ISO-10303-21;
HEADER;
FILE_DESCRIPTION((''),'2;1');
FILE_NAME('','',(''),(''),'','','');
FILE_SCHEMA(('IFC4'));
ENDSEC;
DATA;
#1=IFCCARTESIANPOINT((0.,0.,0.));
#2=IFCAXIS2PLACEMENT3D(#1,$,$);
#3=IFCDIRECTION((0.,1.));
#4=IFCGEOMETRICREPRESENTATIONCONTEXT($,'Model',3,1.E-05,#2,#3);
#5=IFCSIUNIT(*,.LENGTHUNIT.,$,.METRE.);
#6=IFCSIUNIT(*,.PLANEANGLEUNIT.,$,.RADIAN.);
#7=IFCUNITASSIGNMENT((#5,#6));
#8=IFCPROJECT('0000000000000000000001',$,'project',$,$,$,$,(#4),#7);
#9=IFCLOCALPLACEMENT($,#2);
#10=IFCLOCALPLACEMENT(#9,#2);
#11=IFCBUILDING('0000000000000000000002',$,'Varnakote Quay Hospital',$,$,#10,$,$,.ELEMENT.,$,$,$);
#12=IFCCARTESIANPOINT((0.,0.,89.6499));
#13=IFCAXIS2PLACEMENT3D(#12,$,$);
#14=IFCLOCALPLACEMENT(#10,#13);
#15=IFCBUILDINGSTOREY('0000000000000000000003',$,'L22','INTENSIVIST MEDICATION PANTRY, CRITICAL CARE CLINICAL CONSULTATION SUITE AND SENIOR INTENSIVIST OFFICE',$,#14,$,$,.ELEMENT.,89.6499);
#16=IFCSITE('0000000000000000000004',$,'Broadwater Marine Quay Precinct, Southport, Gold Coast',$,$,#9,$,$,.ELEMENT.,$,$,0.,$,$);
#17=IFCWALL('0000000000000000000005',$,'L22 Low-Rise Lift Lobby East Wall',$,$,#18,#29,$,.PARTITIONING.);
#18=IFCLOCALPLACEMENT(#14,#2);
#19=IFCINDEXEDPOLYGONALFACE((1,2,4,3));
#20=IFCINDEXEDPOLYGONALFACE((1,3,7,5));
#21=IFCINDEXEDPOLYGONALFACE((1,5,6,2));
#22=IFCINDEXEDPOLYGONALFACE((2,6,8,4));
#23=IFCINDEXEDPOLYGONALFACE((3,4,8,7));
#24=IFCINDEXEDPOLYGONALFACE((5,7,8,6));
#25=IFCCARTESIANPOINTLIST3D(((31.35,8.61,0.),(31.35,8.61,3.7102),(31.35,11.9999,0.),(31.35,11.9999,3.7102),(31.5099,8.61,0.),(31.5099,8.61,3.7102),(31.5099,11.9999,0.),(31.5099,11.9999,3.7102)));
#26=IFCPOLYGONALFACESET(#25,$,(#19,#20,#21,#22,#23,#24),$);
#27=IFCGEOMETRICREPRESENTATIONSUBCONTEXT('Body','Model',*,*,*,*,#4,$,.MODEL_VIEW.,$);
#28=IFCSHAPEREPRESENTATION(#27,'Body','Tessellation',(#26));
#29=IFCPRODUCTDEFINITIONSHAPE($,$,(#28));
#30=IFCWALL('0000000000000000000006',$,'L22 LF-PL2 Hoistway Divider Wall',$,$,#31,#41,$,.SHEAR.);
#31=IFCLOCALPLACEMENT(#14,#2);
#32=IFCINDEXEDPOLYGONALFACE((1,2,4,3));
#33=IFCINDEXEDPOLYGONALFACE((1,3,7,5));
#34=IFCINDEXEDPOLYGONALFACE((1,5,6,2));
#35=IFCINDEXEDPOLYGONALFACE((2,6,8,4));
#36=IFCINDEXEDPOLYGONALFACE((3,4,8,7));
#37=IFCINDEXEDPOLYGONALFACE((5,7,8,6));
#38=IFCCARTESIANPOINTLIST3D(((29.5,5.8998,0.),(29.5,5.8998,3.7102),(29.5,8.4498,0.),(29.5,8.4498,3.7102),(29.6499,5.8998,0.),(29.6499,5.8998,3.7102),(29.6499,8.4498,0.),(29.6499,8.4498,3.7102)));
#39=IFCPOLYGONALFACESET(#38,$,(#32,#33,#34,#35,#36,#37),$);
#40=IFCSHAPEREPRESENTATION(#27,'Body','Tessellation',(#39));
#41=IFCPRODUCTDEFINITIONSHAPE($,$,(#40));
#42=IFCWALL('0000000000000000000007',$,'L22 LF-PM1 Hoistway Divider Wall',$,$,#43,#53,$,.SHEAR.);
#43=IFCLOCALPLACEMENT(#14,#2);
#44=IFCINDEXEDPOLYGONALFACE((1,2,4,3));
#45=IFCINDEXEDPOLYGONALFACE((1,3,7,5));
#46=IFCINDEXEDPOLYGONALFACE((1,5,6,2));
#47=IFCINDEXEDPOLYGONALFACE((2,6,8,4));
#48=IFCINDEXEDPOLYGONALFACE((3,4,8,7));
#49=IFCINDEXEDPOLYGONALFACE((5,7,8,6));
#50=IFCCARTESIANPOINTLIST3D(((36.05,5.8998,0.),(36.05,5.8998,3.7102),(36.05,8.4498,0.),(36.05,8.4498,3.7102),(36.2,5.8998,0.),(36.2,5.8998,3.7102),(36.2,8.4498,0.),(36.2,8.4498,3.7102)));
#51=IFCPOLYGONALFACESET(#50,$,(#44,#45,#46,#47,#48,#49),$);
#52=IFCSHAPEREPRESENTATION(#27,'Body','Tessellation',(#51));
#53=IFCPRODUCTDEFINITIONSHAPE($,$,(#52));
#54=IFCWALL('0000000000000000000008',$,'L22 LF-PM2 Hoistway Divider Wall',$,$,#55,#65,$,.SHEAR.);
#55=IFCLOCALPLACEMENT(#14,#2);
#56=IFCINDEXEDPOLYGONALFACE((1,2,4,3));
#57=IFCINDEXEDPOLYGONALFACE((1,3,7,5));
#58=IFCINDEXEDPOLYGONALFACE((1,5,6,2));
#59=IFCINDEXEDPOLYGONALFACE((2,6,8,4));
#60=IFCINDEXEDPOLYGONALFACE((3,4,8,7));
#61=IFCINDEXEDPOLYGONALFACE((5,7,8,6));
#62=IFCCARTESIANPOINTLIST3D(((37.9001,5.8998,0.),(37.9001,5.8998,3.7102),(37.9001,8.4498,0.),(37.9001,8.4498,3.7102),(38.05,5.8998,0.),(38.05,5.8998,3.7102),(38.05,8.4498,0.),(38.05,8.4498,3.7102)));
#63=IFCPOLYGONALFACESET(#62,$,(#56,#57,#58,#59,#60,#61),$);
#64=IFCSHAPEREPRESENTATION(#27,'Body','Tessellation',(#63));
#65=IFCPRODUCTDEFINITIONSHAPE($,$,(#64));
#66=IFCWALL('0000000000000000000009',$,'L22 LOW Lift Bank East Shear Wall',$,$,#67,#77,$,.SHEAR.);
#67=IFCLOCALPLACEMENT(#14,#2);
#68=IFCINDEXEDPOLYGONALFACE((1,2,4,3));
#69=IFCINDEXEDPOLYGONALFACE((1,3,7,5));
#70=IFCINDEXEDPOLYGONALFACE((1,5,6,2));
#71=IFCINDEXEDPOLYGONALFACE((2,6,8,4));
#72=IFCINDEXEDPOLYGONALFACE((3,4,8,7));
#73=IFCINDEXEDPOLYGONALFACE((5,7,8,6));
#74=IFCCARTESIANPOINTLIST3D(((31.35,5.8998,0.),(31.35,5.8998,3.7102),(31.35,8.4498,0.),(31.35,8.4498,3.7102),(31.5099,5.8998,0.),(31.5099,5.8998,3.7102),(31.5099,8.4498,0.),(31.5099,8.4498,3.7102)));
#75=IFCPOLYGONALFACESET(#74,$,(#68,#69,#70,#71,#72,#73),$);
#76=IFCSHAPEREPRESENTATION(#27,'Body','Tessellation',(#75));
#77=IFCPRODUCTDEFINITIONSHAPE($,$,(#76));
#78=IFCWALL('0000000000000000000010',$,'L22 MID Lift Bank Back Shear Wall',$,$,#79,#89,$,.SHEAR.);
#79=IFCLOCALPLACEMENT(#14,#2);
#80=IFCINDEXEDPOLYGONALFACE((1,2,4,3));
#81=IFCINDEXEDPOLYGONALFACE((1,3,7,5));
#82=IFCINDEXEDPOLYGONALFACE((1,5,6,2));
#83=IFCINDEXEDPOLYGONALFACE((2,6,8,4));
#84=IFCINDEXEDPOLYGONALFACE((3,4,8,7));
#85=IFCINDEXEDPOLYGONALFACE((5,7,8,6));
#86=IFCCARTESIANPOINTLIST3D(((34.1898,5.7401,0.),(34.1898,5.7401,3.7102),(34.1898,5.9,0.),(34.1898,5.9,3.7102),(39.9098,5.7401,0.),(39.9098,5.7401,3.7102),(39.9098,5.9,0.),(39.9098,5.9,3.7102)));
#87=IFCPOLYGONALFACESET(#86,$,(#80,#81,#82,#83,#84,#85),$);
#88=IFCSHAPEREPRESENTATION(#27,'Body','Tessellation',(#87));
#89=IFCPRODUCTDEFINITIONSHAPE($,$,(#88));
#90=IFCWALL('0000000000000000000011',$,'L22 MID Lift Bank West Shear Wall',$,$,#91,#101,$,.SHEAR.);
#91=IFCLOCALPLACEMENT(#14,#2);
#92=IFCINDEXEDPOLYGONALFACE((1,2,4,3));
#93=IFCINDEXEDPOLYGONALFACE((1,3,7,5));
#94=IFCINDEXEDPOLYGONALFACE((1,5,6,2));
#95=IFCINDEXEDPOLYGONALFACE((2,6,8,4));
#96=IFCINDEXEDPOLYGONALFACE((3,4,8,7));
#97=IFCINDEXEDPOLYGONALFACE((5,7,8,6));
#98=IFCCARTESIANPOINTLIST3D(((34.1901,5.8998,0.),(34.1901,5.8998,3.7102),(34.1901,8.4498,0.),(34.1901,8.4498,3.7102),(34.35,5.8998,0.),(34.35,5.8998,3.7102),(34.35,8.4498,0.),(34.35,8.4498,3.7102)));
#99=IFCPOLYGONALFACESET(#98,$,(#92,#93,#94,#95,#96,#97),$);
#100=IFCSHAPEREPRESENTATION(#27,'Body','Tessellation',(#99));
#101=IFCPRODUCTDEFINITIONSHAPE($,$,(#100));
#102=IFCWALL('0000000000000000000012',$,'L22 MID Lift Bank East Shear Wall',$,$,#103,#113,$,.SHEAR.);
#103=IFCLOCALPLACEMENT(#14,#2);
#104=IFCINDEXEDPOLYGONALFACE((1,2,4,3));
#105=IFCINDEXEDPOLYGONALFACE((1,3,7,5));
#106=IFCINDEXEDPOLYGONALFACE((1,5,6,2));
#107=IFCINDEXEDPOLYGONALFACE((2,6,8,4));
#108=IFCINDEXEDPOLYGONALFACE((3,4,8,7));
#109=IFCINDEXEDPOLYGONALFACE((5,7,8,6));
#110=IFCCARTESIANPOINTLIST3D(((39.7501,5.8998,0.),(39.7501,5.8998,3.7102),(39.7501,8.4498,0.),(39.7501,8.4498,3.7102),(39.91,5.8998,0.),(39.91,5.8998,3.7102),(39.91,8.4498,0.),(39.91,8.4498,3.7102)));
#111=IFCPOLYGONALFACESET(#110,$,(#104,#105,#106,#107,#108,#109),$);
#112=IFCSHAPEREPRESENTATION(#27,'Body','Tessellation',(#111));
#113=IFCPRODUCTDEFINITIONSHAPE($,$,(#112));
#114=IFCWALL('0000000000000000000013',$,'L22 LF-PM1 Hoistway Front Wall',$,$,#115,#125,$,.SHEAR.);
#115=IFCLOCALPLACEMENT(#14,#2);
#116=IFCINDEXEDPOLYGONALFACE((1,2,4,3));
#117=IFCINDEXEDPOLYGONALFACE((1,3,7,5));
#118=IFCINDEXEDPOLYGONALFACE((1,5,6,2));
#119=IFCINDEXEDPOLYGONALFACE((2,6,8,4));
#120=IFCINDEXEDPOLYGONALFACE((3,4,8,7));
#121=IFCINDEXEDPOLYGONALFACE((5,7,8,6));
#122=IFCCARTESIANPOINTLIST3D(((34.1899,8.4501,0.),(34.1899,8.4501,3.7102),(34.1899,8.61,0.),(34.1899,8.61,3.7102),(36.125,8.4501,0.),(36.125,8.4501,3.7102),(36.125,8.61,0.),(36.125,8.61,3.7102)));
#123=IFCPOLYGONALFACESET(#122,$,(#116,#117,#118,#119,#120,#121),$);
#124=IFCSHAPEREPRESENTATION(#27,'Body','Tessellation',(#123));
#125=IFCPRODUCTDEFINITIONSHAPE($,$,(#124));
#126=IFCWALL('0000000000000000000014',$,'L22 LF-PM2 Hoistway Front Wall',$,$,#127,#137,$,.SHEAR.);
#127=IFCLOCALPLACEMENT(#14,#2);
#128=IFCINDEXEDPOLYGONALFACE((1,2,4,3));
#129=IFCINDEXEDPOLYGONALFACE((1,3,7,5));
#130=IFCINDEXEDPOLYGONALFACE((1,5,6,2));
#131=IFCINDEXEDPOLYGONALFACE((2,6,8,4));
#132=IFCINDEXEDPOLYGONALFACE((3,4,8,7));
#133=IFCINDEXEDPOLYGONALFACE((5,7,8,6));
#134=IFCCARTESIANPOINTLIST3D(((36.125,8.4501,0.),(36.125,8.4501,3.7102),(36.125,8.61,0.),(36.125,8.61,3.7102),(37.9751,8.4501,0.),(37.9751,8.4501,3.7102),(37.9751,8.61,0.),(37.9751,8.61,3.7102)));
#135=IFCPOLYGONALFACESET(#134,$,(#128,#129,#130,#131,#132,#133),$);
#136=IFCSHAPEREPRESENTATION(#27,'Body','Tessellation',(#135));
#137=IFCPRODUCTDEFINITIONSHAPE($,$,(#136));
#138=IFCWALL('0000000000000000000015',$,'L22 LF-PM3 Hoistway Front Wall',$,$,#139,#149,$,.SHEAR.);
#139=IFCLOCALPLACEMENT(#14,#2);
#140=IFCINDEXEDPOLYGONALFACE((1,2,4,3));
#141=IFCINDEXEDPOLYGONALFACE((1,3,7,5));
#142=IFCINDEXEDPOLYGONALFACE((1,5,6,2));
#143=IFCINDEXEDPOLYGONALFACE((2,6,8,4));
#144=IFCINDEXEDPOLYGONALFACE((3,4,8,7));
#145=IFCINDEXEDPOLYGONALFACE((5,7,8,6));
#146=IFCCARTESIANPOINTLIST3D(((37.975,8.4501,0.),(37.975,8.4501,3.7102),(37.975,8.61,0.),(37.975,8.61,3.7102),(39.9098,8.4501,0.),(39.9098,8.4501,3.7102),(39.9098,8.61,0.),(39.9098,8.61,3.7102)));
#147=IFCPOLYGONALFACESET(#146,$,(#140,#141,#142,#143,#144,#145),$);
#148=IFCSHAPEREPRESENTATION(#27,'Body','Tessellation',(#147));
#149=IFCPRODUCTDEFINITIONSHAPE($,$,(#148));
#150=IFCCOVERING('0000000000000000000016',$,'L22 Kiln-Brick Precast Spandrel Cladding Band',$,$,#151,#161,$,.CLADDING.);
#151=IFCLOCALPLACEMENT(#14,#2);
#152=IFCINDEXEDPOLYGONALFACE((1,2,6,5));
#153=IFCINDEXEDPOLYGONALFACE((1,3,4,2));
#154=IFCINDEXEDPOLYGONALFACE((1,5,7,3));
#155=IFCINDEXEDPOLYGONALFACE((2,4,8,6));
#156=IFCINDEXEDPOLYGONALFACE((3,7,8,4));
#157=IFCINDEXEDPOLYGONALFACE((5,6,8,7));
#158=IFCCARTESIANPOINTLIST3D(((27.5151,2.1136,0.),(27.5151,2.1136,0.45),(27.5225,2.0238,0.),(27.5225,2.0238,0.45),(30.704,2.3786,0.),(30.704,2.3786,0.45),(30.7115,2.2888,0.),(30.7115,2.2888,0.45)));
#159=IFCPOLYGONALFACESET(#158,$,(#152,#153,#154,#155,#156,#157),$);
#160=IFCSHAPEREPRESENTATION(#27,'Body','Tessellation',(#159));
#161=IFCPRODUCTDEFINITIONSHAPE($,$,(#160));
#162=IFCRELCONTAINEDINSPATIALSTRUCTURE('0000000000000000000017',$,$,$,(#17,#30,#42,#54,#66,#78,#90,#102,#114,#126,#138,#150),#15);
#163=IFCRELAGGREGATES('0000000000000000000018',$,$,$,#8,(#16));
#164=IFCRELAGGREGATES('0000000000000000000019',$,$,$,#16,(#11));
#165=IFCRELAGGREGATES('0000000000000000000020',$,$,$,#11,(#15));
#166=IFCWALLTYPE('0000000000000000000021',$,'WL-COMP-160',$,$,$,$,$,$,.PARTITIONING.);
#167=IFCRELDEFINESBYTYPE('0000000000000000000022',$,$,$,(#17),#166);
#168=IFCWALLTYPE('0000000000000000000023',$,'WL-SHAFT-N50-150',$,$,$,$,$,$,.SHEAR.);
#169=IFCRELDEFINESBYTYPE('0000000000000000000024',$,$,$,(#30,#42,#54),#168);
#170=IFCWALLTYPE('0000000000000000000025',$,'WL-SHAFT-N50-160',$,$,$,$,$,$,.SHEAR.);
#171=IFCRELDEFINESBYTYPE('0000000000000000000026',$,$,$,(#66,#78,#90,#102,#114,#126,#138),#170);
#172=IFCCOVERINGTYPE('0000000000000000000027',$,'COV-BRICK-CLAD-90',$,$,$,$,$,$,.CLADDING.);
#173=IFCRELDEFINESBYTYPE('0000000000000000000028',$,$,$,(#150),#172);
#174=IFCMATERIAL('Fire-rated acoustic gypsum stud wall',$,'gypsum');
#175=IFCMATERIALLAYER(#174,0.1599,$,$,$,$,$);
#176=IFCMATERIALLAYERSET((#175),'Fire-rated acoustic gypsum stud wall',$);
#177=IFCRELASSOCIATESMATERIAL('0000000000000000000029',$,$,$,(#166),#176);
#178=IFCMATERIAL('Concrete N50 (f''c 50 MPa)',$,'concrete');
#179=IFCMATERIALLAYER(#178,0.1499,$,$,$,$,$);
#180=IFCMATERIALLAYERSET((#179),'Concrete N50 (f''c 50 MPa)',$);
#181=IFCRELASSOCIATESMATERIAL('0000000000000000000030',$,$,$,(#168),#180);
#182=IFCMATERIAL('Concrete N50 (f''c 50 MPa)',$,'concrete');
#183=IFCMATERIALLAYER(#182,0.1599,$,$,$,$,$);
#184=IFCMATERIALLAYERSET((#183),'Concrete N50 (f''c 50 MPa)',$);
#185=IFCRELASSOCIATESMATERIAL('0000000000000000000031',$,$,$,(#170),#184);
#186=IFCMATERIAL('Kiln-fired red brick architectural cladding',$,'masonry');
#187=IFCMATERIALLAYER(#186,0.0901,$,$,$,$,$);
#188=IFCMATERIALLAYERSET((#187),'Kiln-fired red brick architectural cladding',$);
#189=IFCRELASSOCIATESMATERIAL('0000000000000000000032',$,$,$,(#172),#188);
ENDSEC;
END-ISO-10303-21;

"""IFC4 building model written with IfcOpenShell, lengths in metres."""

from ifc_helpers import new_model, si_unit, direction, frame, frame_2d, origin, origin_2d, place, context, subcontext, project, spatial, rectangle, extrude, material, layer, layer_set, type_object, element, save


model = new_model("IFC4")

# Units and contexts
model_context = context("Model", 3, precision=1e-05, world=origin(), true_north=direction((0.0, 1.0)))
body_context = subcontext(model_context, "Body", "Model", "MODEL_VIEW")
ifc_project = project(units=[si_unit("LENGTHUNIT", "METRE"), si_unit("PLANEANGLEUNIT", "RADIAN")], contexts=[model_context])

# Site, building, storey
site_placement = place(None, origin())
site = spatial("IfcSite", under=ifc_project, at=site_placement, Name="Broadwater Marine Quay Precinct, Southport, Gold Coast", CompositionType="ELEMENT", RefElevation=0.0)
building_placement = place(site_placement, origin())
building = spatial("IfcBuilding", under=site, at=building_placement, Name="Varnakote Quay Hospital", CompositionType="ELEMENT")
storey_placement = place(building_placement, frame((0.0, 0.0, 89.6499)))
storey = spatial("IfcBuildingStorey", under=building, at=storey_placement, Name="L22", Description="INTENSIVIST MEDICATION PANTRY, CRITICAL CARE CLINICAL CONSULTATION SUITE AND SENIOR INTENSIVIST OFFICE", CompositionType="ELEMENT", Elevation=89.6499)

# Walls
ifc_material_1 = material(Name="Fire-rated acoustic gypsum stud wall", Category="gypsum")
ifc_layer_1 = layer(ifc_material_1, 0.1599)
ifc_layer_set_1 = layer_set([ifc_layer_1], Name="Fire-rated acoustic gypsum stud wall")
wall_type_1 = type_object("IfcWallType", Name="WL-COMP-160", PredefinedType="PARTITIONING", material=ifc_layer_set_1)
wall_1_placement = place(storey_placement, frame((31.4299, 8.6101, 0.0), z_axis=(0.0, 0.0, 1.0), x_axis=(0.0, 1.0, 0.0)))
element("IfcWall", 1, at=wall_1_placement, inside=storey, type_object=wall_type_1, Name="L22 Low-Rise Lift Lobby East Wall", PredefinedType="PARTITIONING", context=body_context, shape_type="SweptSolid", body=[
    extrude(rectangle(XDim=3.3899, YDim=0.1599, at=frame_2d((1.6948, 0.0))), origin(), (0.0, 0.0, 1.0), 3.7102),
])
ifc_material_2 = material(Name="Concrete N50 (f'c 50 MPa)", Category="concrete")
ifc_layer_2 = layer(ifc_material_2, 0.1499)
ifc_layer_set_2 = layer_set([ifc_layer_2], Name="Concrete N50 (f'c 50 MPa)")
wall_type_2 = type_object("IfcWallType", Name="WL-SHAFT-N50-150", PredefinedType="SHEAR", material=ifc_layer_set_2)
for number, where, z_axis, x_axis, name in (
    (2, (29.575, 5.8999, 0.0), (0.0, 0.0, 1.0), (0.0, 1.0, 0.0), "L22 LF-PL2 Hoistway Divider Wall"),
    (3, (36.125, 5.8999, 0.0), (0.0, 0.0, 1.0), (0.0, 1.0, 0.0), "L22 LF-PM1 Hoistway Divider Wall"),
    (4, (37.9751, 5.8999, 0.0), (0.0, 0.0, 1.0), (0.0, 1.0, 0.0), "L22 LF-PM2 Hoistway Divider Wall"),
):
    element("IfcWall", number, at=place(storey_placement, frame(where, z_axis=z_axis, x_axis=x_axis)), inside=storey, type_object=wall_type_2, Name=name, PredefinedType="SHEAR", context=body_context, shape_type="SweptSolid", body=[
        extrude(rectangle(XDim=2.55, YDim=0.1499, at=frame_2d((1.2749, 0.0))), origin(), (0.0, 0.0, 1.0), 3.7102),
    ])
ifc_material_3 = material(Name="Concrete N50 (f'c 50 MPa)", Category="concrete")
ifc_layer_3 = layer(ifc_material_3, 0.1599)
ifc_layer_set_3 = layer_set([ifc_layer_3], Name="Concrete N50 (f'c 50 MPa)")
wall_type_3 = type_object("IfcWallType", Name="WL-SHAFT-N50-160", PredefinedType="SHEAR", material=ifc_layer_set_3)
wall_2_placement = place(storey_placement, frame((31.4299, 5.8999, 0.0), z_axis=(0.0, 0.0, 1.0), x_axis=(0.0, 1.0, 0.0)))
element("IfcWall", 5, at=wall_2_placement, inside=storey, type_object=wall_type_3, Name="L22 LOW Lift Bank East Shear Wall", PredefinedType="SHEAR", context=body_context, shape_type="SweptSolid", body=[
    extrude(rectangle(XDim=2.55, YDim=0.1599, at=frame_2d((1.2749, 0.0))), origin(), (0.0, 0.0, 1.0), 3.7102),
])

# Walls
wall_3_placement = place(storey_placement, frame((34.1899, 5.8201, 0.0), z_axis=(0.0, 0.0, 1.0), x_axis=(1.0, 0.0, 0.0)))
element("IfcWall", 6, at=wall_3_placement, inside=storey, type_object=wall_type_3, Name="L22 MID Lift Bank Back Shear Wall", PredefinedType="SHEAR", context=body_context, shape_type="SweptSolid", body=[
    extrude(rectangle(XDim=5.72, YDim=0.1599, at=frame_2d((2.8599, 0.0))), origin(), (0.0, 0.0, 1.0), 3.7102),
])
for number, where, z_axis, x_axis, name in (
    (7, (34.27, 5.8999, 0.0), (0.0, 0.0, 1.0), (0.0, 1.0, 0.0), "L22 MID Lift Bank West Shear Wall"),
    (8, (39.8301, 5.8999, 0.0), (0.0, 0.0, 1.0), (0.0, 1.0, 0.0), "L22 MID Lift Bank East Shear Wall"),
):
    element("IfcWall", number, at=place(storey_placement, frame(where, z_axis=z_axis, x_axis=x_axis)), inside=storey, type_object=wall_type_3, Name=name, PredefinedType="SHEAR", context=body_context, shape_type="SweptSolid", body=[
        extrude(rectangle(XDim=2.55, YDim=0.1599, at=frame_2d((1.2749, 0.0))), origin(), (0.0, 0.0, 1.0), 3.7102),
    ])
wall_4_placement = place(storey_placement, frame((34.1899, 8.53, 0.0), z_axis=(0.0, 0.0, 1.0), x_axis=(1.0, 0.0, 0.0)))
element("IfcWall", 9, at=wall_4_placement, inside=storey, type_object=wall_type_3, Name="L22 LF-PM1 Hoistway Front Wall", PredefinedType="SHEAR", context=body_context, shape_type="SweptSolid", body=[
    extrude(rectangle(XDim=1.9351, YDim=0.1599, at=frame_2d((0.9675, 0.0))), origin(), (0.0, 0.0, 1.0), 3.7102),
])
wall_5_placement = place(storey_placement, frame((36.125, 8.53, 0.0), z_axis=(0.0, 0.0, 1.0), x_axis=(1.0, 0.0, 0.0)))
element("IfcWall", 10, at=wall_5_placement, inside=storey, type_object=wall_type_3, Name="L22 LF-PM2 Hoistway Front Wall", PredefinedType="SHEAR", context=body_context, shape_type="SweptSolid", body=[
    extrude(rectangle(XDim=1.8501, YDim=0.1599, at=frame_2d((0.925, 0.0))), origin(), (0.0, 0.0, 1.0), 3.7102),
])
wall_6_placement = place(storey_placement, frame((37.9751, 8.53, 0.0), z_axis=(0.0, 0.0, 1.0), x_axis=(1.0, 0.0, 0.0)))
element("IfcWall", 11, at=wall_6_placement, inside=storey, type_object=wall_type_3, Name="L22 LF-PM3 Hoistway Front Wall", PredefinedType="SHEAR", context=body_context, shape_type="SweptSolid", body=[
    extrude(rectangle(XDim=1.9348, YDim=0.1599, at=frame_2d((0.9673, 0.0))), origin(), (0.0, 0.0, 1.0), 3.7102),
])

# Covering
ifc_material_4 = material(Name="Kiln-fired red brick architectural cladding", Category="masonry")
ifc_layer_4 = layer(ifc_material_4, 0.0901)
ifc_layer_set_4 = layer_set([ifc_layer_4], Name="Kiln-fired red brick architectural cladding")
covering_type = type_object("IfcCoveringType", Name="COV-BRICK-CLAD-90", PredefinedType="CLADDING", material=ifc_layer_set_4)
covering_placement = place(storey_placement, frame((29.1133, 2.2012, 0.0), z_axis=(0.0, 0.0, 1.0), x_axis=(0.996566, 0.082808, 0.0)))
element("IfcCovering", 12, at=covering_placement, inside=storey, type_object=covering_type, Name="L22 Kiln-Brick Precast Spandrel Cladding Band", PredefinedType="CLADDING", context=body_context, shape_type="SweptSolid", body=[
    extrude(rectangle(XDim=3.2, YDim=0.0901, at=origin_2d()), origin(), (0.0, 0.0, 1.0), 0.45),
])

save(model, "model.ifc")
